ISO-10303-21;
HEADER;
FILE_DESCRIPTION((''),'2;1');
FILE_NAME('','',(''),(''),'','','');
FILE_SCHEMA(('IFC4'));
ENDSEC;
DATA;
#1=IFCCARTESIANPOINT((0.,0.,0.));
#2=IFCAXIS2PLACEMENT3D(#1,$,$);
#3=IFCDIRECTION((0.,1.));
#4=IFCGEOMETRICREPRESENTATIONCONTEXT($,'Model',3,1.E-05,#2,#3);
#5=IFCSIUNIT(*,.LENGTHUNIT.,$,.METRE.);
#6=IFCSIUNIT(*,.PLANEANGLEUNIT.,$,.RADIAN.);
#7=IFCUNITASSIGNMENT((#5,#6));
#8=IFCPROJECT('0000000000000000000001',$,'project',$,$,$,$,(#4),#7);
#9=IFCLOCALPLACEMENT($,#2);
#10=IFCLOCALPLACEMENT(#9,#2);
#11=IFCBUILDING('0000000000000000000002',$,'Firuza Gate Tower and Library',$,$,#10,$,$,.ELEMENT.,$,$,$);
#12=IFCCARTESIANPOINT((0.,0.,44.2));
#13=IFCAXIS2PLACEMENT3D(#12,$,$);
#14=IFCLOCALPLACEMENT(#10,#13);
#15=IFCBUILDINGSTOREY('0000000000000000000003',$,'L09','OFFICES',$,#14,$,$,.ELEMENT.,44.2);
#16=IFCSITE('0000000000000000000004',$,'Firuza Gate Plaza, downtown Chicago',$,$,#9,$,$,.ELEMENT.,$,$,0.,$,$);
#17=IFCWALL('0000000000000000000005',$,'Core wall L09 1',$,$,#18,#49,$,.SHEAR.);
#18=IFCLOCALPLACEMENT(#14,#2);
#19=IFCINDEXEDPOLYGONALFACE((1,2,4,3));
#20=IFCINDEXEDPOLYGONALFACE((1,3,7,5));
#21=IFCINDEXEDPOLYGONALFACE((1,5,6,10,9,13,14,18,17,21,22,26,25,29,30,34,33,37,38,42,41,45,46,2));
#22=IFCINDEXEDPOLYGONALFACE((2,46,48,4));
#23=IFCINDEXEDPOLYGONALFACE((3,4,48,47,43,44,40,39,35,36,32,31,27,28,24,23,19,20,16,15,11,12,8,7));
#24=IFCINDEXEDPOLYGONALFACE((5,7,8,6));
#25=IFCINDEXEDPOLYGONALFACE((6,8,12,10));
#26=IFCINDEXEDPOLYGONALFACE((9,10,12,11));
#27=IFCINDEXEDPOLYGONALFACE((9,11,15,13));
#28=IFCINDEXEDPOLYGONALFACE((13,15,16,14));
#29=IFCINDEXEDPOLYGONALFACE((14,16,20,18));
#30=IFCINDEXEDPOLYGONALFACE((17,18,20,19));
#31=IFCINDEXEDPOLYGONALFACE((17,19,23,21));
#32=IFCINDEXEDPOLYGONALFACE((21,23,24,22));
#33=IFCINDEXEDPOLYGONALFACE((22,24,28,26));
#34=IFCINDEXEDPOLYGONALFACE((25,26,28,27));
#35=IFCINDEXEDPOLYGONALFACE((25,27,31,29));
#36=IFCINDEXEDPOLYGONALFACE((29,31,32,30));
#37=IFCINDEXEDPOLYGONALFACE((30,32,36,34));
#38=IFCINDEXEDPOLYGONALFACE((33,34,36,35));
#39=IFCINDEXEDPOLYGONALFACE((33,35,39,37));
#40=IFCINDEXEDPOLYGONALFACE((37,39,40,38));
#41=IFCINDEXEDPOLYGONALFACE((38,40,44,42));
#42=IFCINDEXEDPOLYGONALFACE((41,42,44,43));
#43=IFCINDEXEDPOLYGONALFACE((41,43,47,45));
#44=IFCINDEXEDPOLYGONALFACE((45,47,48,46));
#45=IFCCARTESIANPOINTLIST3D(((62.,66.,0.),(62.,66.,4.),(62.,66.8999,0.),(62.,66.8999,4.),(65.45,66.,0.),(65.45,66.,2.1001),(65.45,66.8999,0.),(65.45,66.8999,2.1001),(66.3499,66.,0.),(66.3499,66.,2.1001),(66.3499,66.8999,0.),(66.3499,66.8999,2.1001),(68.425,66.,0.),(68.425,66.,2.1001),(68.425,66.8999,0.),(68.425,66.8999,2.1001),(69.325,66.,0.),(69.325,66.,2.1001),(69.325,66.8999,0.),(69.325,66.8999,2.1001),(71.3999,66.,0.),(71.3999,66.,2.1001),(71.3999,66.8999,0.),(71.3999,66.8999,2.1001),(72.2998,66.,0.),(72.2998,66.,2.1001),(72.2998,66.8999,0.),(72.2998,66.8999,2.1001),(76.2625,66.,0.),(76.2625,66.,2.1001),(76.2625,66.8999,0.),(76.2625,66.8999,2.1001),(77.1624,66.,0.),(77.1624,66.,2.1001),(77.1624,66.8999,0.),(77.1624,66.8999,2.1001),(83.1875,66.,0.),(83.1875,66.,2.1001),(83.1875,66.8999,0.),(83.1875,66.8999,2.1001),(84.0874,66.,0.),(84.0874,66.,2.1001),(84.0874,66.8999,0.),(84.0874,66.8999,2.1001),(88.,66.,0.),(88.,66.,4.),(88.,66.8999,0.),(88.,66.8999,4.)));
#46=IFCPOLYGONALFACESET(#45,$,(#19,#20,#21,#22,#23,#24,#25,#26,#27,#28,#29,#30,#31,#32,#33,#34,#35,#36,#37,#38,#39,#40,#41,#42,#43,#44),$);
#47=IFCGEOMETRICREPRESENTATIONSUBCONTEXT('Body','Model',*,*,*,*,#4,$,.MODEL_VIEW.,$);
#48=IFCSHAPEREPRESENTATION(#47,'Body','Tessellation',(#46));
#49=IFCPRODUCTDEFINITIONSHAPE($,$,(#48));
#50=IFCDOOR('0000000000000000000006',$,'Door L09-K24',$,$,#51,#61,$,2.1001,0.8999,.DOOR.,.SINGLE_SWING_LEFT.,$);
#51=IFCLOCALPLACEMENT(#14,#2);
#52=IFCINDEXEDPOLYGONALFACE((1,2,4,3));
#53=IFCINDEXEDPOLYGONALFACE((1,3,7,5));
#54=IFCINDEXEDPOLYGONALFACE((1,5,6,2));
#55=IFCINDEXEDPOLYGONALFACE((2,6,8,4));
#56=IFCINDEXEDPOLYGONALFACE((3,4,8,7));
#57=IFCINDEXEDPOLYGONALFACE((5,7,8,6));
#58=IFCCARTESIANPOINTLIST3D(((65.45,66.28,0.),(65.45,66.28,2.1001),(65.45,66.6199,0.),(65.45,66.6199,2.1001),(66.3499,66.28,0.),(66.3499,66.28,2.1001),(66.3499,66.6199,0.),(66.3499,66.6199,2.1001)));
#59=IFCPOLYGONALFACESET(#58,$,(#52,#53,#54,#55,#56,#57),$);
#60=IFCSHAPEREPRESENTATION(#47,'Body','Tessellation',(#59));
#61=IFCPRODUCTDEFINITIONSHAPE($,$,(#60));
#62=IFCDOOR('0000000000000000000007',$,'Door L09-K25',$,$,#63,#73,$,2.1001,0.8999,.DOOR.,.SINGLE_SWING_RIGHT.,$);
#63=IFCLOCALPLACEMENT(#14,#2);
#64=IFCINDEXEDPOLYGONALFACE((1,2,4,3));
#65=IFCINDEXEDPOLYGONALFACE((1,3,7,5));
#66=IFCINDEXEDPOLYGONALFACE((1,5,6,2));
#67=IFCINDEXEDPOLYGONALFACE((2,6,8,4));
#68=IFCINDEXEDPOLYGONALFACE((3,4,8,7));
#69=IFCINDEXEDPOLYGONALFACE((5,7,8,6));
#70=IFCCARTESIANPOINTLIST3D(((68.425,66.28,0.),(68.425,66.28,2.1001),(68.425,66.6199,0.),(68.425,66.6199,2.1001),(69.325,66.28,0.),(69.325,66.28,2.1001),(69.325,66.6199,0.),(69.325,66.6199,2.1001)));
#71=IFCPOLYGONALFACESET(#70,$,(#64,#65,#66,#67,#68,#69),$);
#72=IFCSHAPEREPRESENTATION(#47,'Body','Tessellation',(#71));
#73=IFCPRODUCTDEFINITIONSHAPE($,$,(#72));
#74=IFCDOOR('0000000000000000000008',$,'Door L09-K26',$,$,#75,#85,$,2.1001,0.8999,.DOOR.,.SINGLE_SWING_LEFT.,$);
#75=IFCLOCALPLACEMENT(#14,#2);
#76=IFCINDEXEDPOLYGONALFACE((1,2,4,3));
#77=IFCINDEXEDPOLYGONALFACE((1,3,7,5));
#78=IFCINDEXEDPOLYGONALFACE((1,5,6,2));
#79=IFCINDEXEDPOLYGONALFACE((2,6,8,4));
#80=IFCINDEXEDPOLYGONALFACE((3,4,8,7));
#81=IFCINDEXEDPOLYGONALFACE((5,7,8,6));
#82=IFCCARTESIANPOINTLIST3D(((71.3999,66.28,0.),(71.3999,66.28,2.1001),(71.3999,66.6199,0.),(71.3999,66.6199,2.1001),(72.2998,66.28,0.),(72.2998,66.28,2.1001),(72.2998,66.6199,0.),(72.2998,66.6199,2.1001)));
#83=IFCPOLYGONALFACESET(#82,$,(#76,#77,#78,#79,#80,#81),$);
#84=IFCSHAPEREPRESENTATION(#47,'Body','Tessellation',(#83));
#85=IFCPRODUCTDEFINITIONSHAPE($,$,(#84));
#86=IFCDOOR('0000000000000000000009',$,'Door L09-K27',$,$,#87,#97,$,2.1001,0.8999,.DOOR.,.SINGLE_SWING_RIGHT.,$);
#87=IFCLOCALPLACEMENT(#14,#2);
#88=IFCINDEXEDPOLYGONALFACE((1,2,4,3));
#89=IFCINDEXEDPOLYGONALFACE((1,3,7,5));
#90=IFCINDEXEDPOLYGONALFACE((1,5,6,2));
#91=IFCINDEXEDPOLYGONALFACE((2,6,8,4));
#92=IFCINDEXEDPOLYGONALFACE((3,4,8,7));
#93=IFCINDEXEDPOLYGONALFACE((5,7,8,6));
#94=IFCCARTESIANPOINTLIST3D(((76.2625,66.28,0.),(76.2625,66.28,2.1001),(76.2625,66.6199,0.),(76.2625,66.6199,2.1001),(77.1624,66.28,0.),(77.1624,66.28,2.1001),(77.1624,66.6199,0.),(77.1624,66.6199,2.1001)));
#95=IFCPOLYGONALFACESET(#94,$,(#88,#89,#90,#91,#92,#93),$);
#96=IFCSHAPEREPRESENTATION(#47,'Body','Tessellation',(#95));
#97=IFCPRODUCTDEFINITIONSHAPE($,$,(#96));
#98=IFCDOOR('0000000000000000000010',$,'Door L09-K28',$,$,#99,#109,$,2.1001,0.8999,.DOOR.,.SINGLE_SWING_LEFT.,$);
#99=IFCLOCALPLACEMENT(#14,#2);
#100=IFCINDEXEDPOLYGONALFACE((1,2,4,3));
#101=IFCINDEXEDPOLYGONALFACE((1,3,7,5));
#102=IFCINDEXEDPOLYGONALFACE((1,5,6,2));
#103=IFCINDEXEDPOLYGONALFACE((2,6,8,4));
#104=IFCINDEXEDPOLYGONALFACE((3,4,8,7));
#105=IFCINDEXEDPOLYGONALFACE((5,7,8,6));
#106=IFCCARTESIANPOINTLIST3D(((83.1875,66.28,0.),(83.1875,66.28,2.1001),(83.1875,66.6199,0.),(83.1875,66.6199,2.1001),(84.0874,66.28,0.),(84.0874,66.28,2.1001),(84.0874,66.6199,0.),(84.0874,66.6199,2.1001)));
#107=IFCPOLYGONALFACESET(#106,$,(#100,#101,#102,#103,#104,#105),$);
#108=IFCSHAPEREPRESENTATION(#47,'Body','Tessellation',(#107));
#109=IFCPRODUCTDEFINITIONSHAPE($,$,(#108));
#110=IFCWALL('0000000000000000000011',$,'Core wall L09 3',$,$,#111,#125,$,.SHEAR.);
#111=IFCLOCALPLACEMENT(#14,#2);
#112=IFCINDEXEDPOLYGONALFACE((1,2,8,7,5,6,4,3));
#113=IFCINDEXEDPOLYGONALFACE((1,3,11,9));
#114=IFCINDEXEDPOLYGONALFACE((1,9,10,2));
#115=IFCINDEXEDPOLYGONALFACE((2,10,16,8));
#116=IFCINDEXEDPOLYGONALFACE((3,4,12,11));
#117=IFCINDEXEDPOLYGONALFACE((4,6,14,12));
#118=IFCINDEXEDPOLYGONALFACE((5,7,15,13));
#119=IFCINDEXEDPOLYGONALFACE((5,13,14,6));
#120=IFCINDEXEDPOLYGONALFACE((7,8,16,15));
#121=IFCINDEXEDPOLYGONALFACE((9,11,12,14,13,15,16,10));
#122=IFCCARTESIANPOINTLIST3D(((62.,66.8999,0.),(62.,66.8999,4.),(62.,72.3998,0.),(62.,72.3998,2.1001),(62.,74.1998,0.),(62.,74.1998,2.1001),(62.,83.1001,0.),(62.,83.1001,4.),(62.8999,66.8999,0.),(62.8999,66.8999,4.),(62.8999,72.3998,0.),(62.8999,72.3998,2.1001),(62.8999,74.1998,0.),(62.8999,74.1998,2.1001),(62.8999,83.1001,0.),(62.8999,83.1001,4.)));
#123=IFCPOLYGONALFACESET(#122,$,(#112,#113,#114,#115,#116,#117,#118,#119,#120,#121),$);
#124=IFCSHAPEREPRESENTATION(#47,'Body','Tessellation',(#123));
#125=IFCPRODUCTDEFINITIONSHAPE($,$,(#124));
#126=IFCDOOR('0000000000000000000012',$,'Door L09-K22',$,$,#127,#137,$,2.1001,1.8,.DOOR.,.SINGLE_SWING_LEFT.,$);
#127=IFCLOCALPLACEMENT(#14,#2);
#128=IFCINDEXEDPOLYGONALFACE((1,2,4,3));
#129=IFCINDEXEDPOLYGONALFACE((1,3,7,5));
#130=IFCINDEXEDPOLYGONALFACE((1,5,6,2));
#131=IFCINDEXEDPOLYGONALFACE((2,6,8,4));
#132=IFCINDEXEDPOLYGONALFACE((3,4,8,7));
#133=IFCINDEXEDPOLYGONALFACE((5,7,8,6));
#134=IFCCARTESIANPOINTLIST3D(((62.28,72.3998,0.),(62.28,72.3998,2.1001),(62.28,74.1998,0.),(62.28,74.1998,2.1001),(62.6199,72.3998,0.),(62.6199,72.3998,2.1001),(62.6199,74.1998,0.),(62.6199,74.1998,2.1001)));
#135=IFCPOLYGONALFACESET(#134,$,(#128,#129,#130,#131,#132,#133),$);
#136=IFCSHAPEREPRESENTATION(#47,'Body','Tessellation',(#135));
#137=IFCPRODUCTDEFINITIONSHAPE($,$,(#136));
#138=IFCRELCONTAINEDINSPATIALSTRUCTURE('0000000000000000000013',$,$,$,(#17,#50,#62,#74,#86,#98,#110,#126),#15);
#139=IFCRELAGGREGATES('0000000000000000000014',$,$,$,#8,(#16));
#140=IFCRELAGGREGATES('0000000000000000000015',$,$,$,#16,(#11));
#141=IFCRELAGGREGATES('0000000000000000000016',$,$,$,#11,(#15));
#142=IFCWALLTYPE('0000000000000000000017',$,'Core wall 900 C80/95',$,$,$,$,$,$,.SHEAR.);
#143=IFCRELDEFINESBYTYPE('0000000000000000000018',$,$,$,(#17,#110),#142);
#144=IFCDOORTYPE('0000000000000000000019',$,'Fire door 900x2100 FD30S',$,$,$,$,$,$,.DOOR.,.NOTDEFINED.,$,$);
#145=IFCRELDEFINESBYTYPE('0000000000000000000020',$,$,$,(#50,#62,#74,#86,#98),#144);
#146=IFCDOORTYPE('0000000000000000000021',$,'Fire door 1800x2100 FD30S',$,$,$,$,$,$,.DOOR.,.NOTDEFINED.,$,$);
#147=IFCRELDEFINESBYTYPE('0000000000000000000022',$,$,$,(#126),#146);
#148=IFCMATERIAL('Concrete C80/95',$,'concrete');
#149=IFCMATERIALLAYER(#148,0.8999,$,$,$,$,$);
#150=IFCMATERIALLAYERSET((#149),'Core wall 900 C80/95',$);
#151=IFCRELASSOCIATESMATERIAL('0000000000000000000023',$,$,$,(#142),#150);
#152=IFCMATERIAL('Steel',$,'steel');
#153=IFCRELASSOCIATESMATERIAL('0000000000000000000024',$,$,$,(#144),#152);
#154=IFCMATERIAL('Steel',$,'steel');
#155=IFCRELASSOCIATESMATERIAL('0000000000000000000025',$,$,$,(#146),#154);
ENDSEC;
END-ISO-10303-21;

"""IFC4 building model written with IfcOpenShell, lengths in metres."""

from ifc_helpers import new_model, si_unit, direction, frame, frame_2d, origin, place, context, subcontext, project, spatial, rectangle, extrude, material, layer, layer_set, type_object, element, fill, save


model = new_model("IFC4")

# Units and contexts
model_context = context("Model", 3, precision=1e-05, world=origin(), true_north=direction((0.0, 1.0)))
body_context = subcontext(model_context, "Body", "Model", "MODEL_VIEW")
ifc_project = project(units=[si_unit("LENGTHUNIT", "METRE"), si_unit("PLANEANGLEUNIT", "RADIAN")], contexts=[model_context])

# Site, building, storey
site_placement = place(None, origin())
site = spatial("IfcSite", under=ifc_project, at=site_placement, Name="Firuza Gate Plaza, downtown Chicago", CompositionType="ELEMENT", RefElevation=0.0)
building_placement = place(site_placement, origin())
building = spatial("IfcBuilding", under=site, at=building_placement, Name="Firuza Gate Tower and Library", CompositionType="ELEMENT")
storey_placement = place(building_placement, frame((0.0, 0.0, 44.2)))
storey = spatial("IfcBuildingStorey", under=building, at=storey_placement, Name="L09", Description="OFFICES", CompositionType="ELEMENT", Elevation=44.2)

# Wall, openings, doors
ifc_material_1 = material(Name="Concrete C80/95", Category="concrete")
ifc_layer_1 = layer(ifc_material_1, 0.8999)
ifc_layer_set_1 = layer_set([ifc_layer_1], Name="Core wall 900 C80/95")
wall_type_1 = type_object("IfcWallType", Name="Core wall 900 C80/95", PredefinedType="SHEAR", material=ifc_layer_set_1)
wall_1_placement = place(storey_placement, frame((62.0, 66.45, 0.0), z_axis=(0.0, 0.0, 1.0), x_axis=(1.0, 0.0, 0.0)))
wall_1 = element("IfcWall", 1, at=wall_1_placement, inside=storey, type_object=wall_type_1, Name="Core wall L09 1", PredefinedType="SHEAR", context=body_context, shape_type="SweptSolid", body=[
    extrude(rectangle(XDim=26.0, YDim=0.8999, at=frame_2d((13.0, 0.0))), origin(), (0.0, 0.0, 1.0), 4.0),
])
opening_1_placement = place(wall_1_placement, frame((3.45, 0.0, 0.0)))
opening_1 = element("IfcOpeningElement", 2, at=opening_1_placement, cuts=wall_1, PredefinedType="OPENING", context=body_context, shape_type="SweptSolid", body=[
    extrude(rectangle(XDim=0.8999, YDim=2.1001, at=frame_2d((0.45, 1.05))), frame((0.0, 0.46, 0.0), z_axis=(0.0, -1.0, 0.0), x_axis=(1.0, 0.0, 0.0)), (0.0, 0.0, 1.0), 0.9199),
])
opening_2_placement = place(wall_1_placement, frame((6.425, 0.0, 0.0)))
opening_2 = element("IfcOpeningElement", 3, at=opening_2_placement, cuts=wall_1, PredefinedType="OPENING", context=body_context, shape_type="SweptSolid", body=[
    extrude(rectangle(XDim=0.8999, YDim=2.1001, at=frame_2d((0.45, 1.05))), frame((0.0, 0.46, 0.0), z_axis=(0.0, -1.0, 0.0), x_axis=(1.0, 0.0, 0.0)), (0.0, 0.0, 1.0), 0.9199),
])
opening_3_placement = place(wall_1_placement, frame((9.3999, 0.0, 0.0)))
opening_3 = element("IfcOpeningElement", 4, at=opening_3_placement, cuts=wall_1, PredefinedType="OPENING", context=body_context, shape_type="SweptSolid", body=[
    extrude(rectangle(XDim=0.8999, YDim=2.1001, at=frame_2d((0.45, 1.05))), frame((0.0, 0.46, 0.0), z_axis=(0.0, -1.0, 0.0), x_axis=(1.0, 0.0, 0.0)), (0.0, 0.0, 1.0), 0.9199),
])
opening_4_placement = place(wall_1_placement, frame((14.2625, 0.0, 0.0)))
opening_4 = element("IfcOpeningElement", 5, at=opening_4_placement, cuts=wall_1, PredefinedType="OPENING", context=body_context, shape_type="SweptSolid", body=[
    extrude(rectangle(XDim=0.8999, YDim=2.1001, at=frame_2d((0.45, 1.05))), frame((0.0, 0.46, 0.0), z_axis=(0.0, -1.0, 0.0), x_axis=(1.0, 0.0, 0.0)), (0.0, 0.0, 1.0), 0.9199),
])
opening_5_placement = place(wall_1_placement, frame((21.1875, 0.0, 0.0)))
opening_5 = element("IfcOpeningElement", 6, at=opening_5_placement, cuts=wall_1, PredefinedType="OPENING", context=body_context, shape_type="SweptSolid", body=[
    extrude(rectangle(XDim=0.8999, YDim=2.1001, at=frame_2d((0.45, 1.05))), frame((0.0, 0.46, 0.0), z_axis=(0.0, -1.0, 0.0), x_axis=(1.0, 0.0, 0.0)), (0.0, 0.0, 1.0), 0.9199),
])
ifc_material_2 = material(Name="Steel", Category="steel")
door_type_1 = type_object("IfcDoorType", Name="Fire door 900x2100 FD30S", OperationType="NOTDEFINED", PredefinedType="DOOR", material=ifc_material_2)
door_1_placement = place(opening_1_placement, origin())
door_1 = element("IfcDoor", 7, at=door_1_placement, inside=storey, type_object=door_type_1, Name="Door L09-K24", OperationType="SINGLE_SWING_LEFT", OverallHeight=2.1001, OverallWidth=0.8999, PredefinedType="DOOR", context=body_context, shape_type="SweptSolid", body=[
    extrude(rectangle(XDim=0.8999, YDim=2.1001, at=frame_2d((0.45, 1.05))), frame((0.0, 0.1699, 0.0), z_axis=(0.0, -1.0, 0.0), x_axis=(1.0, 0.0, 0.0)), (0.0, 0.0, 1.0), 0.3398),
])
fill(opening_1, door_1)
door_2_placement = place(opening_2_placement, origin())
door_2 = element("IfcDoor", 8, at=door_2_placement, inside=storey, type_object=door_type_1, Name="Door L09-K25", OperationType="SINGLE_SWING_RIGHT", OverallHeight=2.1001, OverallWidth=0.8999, PredefinedType="DOOR", context=body_context, shape_type="SweptSolid", body=[
    extrude(rectangle(XDim=0.8999, YDim=2.1001, at=frame_2d((0.45, 1.05))), frame((0.0, 0.1699, 0.0), z_axis=(0.0, -1.0, 0.0), x_axis=(1.0, 0.0, 0.0)), (0.0, 0.0, 1.0), 0.3398),
])
fill(opening_2, door_2)
door_3_placement = place(opening_3_placement, origin())
door_3 = element("IfcDoor", 9, at=door_3_placement, inside=storey, type_object=door_type_1, Name="Door L09-K26", OperationType="SINGLE_SWING_LEFT", OverallHeight=2.1001, OverallWidth=0.8999, PredefinedType="DOOR", context=body_context, shape_type="SweptSolid", body=[
    extrude(rectangle(XDim=0.8999, YDim=2.1001, at=frame_2d((0.45, 1.05))), frame((0.0, 0.1699, 0.0), z_axis=(0.0, -1.0, 0.0), x_axis=(1.0, 0.0, 0.0)), (0.0, 0.0, 1.0), 0.3398),
])
fill(opening_3, door_3)
door_4_placement = place(opening_4_placement, origin())
door_4 = element("IfcDoor", 10, at=door_4_placement, inside=storey, type_object=door_type_1, Name="Door L09-K27", OperationType="SINGLE_SWING_RIGHT", OverallHeight=2.1001, OverallWidth=0.8999, PredefinedType="DOOR", context=body_context, shape_type="SweptSolid", body=[
    extrude(rectangle(XDim=0.8999, YDim=2.1001, at=frame_2d((0.45, 1.05))), frame((0.0, 0.1699, 0.0), z_axis=(0.0, -1.0, 0.0), x_axis=(1.0, 0.0, 0.0)), (0.0, 0.0, 1.0), 0.3398),
])
fill(opening_4, door_4)
door_5_placement = place(opening_5_placement, origin())
door_5 = element("IfcDoor", 11, at=door_5_placement, inside=storey, type_object=door_type_1, Name="Door L09-K28", OperationType="SINGLE_SWING_LEFT", OverallHeight=2.1001, OverallWidth=0.8999, PredefinedType="DOOR", context=body_context, shape_type="SweptSolid", body=[
    extrude(rectangle(XDim=0.8999, YDim=2.1001, at=frame_2d((0.45, 1.05))), frame((0.0, 0.1699, 0.0), z_axis=(0.0, -1.0, 0.0), x_axis=(1.0, 0.0, 0.0)), (0.0, 0.0, 1.0), 0.3398),
])
fill(opening_5, door_5)

# Wall, opening, door
wall_2_placement = place(storey_placement, frame((62.45, 66.8999, 0.0), z_axis=(0.0, 0.0, 1.0), x_axis=(0.0, 1.0, 0.0)))
wall_2 = element("IfcWall", 12, at=wall_2_placement, inside=storey, type_object=wall_type_1, Name="Core wall L09 3", PredefinedType="SHEAR", context=body_context, shape_type="SweptSolid", body=[
    extrude(rectangle(XDim=16.2002, YDim=0.8999, at=frame_2d((8.1001, 0.0))), origin(), (0.0, 0.0, 1.0), 4.0),
])
opening_6_placement = place(wall_2_placement, frame((5.5, 0.0, 0.0)))
opening_6 = element("IfcOpeningElement", 13, at=opening_6_placement, cuts=wall_2, PredefinedType="OPENING", context=body_context, shape_type="SweptSolid", body=[
    extrude(rectangle(XDim=1.8, YDim=2.1001, at=frame_2d((0.8999, 1.05))), frame((0.0, 0.46, 0.0), z_axis=(0.0, -1.0, 0.0), x_axis=(1.0, 0.0, 0.0)), (0.0, 0.0, 1.0), 0.9199),
])
ifc_material_3 = material(Name="Steel", Category="steel")
door_type_2 = type_object("IfcDoorType", Name="Fire door 1800x2100 FD30S", OperationType="NOTDEFINED", PredefinedType="DOOR", material=ifc_material_3)
door_6_placement = place(opening_6_placement, origin())
door_6 = element("IfcDoor", 14, at=door_6_placement, inside=storey, type_object=door_type_2, Name="Door L09-K22", OperationType="SINGLE_SWING_LEFT", OverallHeight=2.1001, OverallWidth=1.8, PredefinedType="DOOR", context=body_context, shape_type="SweptSolid", body=[
    extrude(rectangle(XDim=1.8, YDim=2.1001, at=frame_2d((0.8999, 1.05))), frame((0.0, 0.1699, 0.0), z_axis=(0.0, -1.0, 0.0), x_axis=(1.0, 0.0, 0.0)), (0.0, 0.0, 1.0), 0.3398),
])
fill(opening_6, door_6)

save(model, "model.ifc")
